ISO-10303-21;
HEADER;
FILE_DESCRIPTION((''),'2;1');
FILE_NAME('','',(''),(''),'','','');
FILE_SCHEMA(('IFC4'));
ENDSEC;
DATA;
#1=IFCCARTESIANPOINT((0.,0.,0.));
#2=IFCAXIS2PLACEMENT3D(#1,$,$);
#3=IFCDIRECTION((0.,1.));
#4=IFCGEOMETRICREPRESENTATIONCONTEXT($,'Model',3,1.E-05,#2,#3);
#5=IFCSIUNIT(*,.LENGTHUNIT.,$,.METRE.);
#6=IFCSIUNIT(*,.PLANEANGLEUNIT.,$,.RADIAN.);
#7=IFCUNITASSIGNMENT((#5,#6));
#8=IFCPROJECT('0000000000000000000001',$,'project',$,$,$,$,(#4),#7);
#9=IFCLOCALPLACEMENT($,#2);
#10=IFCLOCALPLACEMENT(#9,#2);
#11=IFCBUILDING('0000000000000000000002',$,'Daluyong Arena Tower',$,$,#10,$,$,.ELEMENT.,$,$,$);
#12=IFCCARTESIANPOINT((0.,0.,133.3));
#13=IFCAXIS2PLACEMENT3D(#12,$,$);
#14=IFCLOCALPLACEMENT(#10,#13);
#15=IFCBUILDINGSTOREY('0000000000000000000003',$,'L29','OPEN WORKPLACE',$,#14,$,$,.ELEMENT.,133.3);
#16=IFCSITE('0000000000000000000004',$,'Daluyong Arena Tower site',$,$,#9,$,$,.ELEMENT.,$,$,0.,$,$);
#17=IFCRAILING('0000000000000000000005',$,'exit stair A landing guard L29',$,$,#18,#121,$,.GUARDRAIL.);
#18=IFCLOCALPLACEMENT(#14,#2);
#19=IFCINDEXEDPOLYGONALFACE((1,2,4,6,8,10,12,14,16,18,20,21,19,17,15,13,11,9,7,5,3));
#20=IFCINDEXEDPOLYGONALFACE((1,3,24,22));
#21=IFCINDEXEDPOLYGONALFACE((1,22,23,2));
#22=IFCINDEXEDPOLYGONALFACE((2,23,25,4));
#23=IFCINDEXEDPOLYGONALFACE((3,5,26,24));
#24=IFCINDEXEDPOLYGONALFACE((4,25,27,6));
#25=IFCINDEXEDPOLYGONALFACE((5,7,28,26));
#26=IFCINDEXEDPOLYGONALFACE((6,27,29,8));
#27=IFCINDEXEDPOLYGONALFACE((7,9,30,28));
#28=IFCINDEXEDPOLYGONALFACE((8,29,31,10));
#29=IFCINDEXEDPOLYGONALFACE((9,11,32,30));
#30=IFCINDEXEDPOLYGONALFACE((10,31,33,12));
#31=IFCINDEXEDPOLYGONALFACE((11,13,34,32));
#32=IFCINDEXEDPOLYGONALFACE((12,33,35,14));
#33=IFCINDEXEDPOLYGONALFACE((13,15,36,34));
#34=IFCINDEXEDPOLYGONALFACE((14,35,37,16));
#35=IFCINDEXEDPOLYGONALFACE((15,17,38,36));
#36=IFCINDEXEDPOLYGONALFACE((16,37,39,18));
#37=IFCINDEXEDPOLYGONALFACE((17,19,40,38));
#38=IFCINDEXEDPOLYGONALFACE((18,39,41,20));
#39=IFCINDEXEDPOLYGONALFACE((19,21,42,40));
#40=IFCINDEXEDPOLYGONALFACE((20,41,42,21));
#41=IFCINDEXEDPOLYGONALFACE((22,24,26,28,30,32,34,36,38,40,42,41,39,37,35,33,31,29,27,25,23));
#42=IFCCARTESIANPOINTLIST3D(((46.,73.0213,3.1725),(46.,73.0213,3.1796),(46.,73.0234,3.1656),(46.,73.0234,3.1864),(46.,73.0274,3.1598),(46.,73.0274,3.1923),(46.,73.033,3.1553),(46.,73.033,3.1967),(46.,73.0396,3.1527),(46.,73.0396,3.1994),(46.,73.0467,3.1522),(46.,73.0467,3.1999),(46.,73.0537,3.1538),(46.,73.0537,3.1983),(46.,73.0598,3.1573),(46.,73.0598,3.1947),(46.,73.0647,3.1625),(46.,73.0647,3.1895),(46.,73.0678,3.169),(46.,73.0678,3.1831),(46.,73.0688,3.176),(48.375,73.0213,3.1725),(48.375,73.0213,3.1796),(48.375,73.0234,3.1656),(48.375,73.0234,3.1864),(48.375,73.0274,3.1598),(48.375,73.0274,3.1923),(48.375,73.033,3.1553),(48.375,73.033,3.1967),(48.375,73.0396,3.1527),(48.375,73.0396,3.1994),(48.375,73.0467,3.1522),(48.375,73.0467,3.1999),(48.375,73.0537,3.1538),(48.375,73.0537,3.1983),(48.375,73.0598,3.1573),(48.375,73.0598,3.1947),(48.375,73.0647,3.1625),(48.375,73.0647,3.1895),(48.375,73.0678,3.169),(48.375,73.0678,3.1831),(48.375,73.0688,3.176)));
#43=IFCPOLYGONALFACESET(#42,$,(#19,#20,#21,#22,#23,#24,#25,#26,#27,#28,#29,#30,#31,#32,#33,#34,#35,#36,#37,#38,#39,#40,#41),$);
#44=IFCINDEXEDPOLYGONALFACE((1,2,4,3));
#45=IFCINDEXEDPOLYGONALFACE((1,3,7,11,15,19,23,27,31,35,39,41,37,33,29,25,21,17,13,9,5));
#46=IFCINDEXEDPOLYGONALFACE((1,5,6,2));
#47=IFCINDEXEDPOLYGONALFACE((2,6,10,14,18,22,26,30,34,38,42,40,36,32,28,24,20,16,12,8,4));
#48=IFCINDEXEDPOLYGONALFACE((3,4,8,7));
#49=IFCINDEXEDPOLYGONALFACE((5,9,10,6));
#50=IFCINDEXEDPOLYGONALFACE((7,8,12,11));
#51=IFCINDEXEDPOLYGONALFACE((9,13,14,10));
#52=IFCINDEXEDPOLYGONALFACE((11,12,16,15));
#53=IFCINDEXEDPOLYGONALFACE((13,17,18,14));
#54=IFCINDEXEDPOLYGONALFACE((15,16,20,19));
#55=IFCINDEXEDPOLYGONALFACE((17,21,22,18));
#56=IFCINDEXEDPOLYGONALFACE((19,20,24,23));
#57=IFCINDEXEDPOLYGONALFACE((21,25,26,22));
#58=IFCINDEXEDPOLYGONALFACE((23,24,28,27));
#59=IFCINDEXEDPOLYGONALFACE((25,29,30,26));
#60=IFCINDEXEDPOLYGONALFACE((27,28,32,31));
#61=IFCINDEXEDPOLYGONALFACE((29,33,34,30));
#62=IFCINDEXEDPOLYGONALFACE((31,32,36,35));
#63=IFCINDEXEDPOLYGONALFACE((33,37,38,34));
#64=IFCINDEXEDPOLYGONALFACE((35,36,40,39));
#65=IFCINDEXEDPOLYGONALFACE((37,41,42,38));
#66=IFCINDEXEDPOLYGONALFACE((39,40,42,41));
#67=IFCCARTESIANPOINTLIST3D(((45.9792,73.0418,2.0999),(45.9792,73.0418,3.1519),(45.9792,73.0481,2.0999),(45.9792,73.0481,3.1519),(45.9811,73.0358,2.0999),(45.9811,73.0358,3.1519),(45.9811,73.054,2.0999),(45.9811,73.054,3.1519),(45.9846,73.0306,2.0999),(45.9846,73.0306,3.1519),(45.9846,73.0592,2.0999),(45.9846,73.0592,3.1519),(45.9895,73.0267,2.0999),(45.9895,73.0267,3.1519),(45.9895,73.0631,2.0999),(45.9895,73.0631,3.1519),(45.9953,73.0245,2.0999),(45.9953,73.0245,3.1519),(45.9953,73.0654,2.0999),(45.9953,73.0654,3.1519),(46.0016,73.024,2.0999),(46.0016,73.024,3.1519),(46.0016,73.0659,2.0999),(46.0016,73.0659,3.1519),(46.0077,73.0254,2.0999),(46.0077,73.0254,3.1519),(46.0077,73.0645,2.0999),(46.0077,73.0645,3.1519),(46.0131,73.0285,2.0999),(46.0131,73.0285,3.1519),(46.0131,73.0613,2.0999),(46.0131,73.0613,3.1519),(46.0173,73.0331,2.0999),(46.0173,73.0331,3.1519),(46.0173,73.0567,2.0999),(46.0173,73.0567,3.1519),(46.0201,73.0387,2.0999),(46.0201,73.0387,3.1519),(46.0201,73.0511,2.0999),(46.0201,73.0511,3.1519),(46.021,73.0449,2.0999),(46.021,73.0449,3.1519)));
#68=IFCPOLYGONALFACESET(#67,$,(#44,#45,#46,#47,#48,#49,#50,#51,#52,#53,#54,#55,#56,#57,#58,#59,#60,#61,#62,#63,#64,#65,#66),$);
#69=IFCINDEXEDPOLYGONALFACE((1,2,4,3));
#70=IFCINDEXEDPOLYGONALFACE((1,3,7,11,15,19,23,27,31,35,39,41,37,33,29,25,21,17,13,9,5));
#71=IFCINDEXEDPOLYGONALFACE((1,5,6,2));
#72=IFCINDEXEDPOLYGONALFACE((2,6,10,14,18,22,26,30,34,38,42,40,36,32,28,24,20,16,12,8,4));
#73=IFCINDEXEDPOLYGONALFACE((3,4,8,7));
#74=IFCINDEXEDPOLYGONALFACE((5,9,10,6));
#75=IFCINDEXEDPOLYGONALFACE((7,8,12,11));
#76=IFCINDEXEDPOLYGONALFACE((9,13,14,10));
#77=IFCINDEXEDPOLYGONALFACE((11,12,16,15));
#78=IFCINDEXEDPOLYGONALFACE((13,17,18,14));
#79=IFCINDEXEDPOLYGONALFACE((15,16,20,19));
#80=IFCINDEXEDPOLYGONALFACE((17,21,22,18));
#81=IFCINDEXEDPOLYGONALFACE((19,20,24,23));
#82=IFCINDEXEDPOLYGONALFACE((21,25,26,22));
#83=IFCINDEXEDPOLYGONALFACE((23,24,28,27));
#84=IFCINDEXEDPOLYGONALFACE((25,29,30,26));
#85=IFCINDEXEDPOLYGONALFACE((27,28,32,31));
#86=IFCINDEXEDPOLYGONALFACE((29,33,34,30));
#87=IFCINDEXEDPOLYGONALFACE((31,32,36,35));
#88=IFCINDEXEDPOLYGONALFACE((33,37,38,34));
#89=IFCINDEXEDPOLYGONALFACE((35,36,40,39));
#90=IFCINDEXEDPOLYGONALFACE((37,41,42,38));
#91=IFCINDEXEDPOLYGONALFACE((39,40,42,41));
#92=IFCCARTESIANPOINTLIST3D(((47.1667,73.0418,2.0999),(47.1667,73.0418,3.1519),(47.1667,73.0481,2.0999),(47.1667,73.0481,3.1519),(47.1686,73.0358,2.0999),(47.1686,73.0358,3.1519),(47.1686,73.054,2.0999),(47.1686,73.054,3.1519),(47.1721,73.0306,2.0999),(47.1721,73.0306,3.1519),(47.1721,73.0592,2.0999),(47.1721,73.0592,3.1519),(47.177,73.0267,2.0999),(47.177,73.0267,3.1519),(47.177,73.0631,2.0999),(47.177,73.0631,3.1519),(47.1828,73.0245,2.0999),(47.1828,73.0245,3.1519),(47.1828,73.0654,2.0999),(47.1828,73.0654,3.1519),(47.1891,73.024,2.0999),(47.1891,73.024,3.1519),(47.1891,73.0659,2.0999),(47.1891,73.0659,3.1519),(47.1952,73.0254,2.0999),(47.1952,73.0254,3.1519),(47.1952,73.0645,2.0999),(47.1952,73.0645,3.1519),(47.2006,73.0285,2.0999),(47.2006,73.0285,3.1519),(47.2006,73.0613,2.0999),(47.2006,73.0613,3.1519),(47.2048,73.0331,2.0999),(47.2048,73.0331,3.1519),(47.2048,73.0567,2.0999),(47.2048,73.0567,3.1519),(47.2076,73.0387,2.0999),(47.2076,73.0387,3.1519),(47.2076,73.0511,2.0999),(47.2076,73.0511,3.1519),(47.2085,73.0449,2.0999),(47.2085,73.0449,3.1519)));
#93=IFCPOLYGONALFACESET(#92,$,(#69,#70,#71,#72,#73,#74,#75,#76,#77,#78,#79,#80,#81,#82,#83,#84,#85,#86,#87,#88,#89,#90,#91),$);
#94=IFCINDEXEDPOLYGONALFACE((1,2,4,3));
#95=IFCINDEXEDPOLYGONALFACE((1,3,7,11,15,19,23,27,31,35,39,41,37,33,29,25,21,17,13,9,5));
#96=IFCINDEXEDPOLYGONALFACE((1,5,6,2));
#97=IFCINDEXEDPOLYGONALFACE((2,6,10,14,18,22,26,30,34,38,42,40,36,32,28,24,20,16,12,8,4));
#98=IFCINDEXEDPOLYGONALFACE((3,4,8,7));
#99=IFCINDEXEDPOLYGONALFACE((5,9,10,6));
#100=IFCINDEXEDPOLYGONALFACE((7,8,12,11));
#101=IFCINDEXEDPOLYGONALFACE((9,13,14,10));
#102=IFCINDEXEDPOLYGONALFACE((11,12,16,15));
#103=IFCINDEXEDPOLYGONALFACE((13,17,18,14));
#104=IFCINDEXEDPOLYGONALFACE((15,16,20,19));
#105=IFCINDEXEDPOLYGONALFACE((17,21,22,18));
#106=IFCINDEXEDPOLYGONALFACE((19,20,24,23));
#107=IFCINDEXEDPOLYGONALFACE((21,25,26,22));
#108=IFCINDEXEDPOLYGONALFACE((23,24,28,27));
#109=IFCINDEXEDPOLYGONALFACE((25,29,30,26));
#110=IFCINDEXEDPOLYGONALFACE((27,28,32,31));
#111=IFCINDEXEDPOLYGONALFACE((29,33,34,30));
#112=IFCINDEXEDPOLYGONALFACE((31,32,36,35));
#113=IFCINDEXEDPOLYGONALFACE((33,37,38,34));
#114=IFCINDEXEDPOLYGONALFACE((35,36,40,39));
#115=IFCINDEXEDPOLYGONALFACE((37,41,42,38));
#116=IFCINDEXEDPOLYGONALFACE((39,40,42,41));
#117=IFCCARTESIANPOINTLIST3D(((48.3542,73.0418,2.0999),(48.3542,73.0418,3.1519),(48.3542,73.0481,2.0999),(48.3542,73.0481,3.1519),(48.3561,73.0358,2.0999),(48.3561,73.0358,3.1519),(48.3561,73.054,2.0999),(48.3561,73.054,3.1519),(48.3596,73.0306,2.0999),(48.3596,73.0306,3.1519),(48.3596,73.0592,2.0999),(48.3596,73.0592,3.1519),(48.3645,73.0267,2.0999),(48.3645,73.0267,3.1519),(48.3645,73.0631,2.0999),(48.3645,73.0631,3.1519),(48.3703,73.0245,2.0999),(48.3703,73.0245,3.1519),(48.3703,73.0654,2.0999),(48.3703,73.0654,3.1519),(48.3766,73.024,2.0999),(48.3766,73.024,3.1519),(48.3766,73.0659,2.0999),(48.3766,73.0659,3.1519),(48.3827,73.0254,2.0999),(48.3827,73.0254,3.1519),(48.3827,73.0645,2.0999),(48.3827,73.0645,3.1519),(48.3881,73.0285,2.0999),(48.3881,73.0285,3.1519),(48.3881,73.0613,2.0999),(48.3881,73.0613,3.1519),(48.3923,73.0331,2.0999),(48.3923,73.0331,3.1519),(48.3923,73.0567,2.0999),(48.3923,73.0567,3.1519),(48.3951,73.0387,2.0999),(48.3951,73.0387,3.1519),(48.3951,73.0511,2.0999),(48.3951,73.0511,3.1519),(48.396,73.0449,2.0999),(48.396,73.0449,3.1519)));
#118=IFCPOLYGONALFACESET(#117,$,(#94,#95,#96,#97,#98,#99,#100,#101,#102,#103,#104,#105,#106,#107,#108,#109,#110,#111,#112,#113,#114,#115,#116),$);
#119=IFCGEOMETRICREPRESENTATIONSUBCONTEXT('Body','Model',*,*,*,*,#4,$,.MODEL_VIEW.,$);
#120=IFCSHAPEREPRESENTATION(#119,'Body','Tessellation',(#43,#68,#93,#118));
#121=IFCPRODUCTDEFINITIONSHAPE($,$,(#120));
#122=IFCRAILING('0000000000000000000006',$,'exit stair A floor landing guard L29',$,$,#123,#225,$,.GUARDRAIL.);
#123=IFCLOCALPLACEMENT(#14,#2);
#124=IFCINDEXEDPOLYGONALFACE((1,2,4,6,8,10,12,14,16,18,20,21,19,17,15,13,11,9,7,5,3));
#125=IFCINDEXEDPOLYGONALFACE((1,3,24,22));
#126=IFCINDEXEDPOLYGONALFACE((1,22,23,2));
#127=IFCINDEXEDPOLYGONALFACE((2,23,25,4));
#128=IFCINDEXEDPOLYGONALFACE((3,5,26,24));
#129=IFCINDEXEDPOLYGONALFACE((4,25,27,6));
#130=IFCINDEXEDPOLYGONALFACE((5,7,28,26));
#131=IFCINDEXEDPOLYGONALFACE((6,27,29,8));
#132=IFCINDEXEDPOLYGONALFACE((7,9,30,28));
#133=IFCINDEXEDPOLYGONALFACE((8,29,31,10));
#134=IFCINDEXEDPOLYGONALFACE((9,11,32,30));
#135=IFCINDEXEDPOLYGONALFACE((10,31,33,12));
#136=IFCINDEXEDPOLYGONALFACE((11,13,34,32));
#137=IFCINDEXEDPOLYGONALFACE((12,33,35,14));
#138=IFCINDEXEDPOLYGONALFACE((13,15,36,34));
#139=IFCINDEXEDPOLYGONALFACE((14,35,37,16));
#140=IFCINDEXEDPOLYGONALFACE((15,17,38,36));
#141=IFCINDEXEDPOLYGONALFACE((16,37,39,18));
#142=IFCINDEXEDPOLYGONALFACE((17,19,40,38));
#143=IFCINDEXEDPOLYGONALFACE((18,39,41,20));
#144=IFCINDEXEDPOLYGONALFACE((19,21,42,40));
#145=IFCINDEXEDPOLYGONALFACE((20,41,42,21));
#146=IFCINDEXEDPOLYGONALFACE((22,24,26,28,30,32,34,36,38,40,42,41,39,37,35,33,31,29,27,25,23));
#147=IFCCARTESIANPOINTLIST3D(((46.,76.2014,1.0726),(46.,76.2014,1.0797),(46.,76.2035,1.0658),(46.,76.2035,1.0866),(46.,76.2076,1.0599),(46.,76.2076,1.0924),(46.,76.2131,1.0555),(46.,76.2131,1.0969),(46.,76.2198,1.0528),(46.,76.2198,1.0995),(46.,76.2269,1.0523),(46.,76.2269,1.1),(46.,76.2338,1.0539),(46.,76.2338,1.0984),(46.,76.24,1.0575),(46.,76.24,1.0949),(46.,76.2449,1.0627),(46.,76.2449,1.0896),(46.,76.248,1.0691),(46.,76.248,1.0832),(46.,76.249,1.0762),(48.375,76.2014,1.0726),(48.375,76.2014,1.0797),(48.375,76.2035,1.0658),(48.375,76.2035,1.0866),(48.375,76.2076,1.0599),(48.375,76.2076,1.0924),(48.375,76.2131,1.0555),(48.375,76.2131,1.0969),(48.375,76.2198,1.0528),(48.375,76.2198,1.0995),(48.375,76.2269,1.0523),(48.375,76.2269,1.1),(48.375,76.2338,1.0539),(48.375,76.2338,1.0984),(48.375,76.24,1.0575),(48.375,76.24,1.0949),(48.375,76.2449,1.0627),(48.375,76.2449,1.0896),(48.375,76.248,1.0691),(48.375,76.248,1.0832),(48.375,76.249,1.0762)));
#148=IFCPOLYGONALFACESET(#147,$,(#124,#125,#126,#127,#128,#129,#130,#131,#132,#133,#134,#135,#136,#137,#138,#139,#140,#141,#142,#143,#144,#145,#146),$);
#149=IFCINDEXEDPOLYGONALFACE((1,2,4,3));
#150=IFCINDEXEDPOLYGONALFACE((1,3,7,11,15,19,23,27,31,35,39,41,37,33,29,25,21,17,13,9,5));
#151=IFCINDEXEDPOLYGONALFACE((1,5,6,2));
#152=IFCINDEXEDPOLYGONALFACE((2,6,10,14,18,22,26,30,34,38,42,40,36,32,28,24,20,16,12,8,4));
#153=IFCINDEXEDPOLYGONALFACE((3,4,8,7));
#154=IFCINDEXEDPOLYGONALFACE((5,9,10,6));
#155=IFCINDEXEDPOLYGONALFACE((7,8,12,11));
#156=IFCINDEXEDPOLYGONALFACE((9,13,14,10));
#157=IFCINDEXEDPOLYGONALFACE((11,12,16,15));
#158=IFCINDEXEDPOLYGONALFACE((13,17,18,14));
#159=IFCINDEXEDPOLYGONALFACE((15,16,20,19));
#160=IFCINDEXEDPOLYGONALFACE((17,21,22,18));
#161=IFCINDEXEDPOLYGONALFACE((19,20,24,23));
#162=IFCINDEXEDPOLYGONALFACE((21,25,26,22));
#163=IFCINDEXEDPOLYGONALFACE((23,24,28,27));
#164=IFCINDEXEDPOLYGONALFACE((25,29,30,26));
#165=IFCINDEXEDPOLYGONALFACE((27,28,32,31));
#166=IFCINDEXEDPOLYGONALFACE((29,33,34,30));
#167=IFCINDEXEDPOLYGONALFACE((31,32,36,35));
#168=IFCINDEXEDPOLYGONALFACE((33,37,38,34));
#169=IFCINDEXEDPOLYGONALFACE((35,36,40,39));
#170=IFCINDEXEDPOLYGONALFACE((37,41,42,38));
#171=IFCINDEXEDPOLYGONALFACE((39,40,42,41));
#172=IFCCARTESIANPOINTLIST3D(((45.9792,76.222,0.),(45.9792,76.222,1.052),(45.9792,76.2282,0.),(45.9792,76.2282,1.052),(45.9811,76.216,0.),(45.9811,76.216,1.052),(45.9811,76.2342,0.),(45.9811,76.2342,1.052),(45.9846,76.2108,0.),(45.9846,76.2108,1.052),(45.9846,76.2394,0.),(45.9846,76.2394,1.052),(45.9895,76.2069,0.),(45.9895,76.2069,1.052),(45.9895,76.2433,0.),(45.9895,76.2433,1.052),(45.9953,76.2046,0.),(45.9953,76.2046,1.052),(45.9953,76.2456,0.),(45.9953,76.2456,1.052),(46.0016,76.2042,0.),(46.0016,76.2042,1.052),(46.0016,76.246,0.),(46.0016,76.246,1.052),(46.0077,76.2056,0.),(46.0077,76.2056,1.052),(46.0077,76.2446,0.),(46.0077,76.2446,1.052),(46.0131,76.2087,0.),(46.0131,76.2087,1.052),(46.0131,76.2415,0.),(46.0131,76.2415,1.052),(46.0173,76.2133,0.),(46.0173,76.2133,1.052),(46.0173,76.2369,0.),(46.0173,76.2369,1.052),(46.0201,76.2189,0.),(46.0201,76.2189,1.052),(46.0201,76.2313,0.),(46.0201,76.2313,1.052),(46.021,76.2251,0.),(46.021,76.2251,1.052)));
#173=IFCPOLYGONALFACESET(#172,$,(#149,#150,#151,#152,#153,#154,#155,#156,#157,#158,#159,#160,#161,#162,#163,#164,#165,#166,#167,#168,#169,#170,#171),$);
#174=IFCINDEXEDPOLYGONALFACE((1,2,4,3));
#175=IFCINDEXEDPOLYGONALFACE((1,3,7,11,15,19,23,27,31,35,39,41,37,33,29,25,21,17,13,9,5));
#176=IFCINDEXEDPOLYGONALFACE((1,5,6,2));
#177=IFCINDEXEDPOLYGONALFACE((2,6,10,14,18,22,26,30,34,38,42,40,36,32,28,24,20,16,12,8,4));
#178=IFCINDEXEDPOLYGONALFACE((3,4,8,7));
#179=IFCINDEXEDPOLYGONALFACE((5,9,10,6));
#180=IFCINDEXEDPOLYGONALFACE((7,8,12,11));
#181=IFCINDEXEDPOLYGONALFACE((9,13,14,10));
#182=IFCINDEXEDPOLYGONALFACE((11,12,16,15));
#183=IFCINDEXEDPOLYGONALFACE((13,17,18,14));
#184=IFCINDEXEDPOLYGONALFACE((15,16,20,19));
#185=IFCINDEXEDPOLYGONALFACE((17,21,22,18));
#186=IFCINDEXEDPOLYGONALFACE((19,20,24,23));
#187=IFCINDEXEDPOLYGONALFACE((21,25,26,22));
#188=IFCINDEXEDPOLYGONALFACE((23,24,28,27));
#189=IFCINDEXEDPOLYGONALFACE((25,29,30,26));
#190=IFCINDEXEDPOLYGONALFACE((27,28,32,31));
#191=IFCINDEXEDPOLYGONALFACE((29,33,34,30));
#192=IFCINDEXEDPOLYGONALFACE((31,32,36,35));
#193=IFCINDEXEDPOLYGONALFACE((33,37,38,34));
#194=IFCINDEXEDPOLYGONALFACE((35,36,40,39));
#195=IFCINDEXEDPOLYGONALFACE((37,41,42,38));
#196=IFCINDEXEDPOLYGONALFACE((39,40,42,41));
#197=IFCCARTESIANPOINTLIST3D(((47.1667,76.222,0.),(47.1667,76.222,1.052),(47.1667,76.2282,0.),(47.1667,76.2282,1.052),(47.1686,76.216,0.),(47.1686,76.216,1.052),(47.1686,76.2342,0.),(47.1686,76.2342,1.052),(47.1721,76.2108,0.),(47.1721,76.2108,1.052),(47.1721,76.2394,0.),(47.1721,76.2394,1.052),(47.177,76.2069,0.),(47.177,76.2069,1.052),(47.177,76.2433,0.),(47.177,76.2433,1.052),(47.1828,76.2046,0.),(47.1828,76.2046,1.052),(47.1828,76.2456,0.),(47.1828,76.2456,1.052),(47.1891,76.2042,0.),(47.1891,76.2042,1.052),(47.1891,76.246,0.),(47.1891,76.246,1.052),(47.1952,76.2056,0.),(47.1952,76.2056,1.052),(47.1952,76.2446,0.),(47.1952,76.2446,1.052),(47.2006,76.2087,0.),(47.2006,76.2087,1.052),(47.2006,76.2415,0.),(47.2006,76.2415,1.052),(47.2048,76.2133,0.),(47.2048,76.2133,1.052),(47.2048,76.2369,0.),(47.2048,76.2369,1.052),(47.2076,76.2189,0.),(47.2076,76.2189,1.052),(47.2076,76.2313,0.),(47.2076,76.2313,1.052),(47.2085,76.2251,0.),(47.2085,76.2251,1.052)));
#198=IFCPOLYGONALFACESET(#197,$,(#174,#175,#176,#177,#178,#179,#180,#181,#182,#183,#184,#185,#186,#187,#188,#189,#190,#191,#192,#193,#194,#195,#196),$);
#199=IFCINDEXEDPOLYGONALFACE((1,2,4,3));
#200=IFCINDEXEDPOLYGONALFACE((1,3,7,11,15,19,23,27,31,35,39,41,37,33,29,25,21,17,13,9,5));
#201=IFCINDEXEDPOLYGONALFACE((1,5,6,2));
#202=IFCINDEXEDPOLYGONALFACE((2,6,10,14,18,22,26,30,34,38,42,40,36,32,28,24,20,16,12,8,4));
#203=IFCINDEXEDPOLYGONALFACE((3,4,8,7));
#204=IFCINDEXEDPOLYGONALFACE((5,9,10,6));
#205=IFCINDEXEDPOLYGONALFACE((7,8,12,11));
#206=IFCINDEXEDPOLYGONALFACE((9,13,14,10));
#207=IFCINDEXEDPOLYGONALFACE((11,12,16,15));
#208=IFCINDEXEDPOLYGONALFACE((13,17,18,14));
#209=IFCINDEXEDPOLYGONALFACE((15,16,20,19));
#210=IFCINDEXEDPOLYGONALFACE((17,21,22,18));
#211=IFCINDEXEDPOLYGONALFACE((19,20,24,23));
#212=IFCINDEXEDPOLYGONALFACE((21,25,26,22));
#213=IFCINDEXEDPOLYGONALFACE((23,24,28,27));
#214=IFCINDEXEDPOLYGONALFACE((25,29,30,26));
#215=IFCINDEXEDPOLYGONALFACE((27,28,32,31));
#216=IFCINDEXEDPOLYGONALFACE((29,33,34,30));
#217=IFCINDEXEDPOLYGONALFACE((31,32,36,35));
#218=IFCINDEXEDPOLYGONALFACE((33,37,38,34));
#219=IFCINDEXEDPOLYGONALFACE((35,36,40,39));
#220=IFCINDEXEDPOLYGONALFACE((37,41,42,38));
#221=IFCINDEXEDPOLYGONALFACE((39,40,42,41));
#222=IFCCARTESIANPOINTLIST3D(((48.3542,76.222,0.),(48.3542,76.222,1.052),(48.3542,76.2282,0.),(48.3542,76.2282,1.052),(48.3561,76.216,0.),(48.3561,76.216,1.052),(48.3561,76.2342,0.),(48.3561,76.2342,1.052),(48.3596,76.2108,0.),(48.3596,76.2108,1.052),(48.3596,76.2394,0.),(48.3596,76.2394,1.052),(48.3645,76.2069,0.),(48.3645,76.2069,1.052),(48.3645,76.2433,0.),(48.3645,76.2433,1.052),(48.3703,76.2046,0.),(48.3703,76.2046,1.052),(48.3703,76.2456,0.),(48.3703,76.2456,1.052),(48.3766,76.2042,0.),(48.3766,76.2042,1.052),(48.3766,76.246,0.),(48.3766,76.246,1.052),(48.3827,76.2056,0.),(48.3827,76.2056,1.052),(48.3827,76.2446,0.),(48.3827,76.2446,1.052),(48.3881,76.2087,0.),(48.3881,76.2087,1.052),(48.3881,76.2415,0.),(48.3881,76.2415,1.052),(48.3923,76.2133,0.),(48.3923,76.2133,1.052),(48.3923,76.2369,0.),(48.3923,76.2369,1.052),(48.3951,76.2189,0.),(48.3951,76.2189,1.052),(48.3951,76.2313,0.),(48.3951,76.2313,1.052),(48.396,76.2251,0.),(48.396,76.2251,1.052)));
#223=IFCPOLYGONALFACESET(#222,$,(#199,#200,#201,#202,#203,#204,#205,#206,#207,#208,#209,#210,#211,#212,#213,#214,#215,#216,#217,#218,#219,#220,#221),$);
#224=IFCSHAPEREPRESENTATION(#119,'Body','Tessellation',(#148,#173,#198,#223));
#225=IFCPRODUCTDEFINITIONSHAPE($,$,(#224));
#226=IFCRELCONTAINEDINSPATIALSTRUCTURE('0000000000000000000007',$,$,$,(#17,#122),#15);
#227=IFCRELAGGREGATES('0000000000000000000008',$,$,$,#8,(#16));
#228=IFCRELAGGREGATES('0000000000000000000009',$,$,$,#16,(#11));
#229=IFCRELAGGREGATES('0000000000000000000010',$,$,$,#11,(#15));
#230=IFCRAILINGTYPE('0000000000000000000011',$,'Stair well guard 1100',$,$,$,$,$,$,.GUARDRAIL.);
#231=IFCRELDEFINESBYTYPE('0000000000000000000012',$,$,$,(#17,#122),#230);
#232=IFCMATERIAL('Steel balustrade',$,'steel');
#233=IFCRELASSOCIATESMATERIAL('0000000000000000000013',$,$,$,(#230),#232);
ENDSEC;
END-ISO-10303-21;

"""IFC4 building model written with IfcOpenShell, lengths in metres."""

from ifc_helpers import new_model, si_unit, direction, frame, origin, origin_2d, place, context, subcontext, project, spatial, circle, extrude, material, type_object, element, save


model = new_model("IFC4")

# Units and contexts
model_context = context("Model", 3, precision=1e-05, world=origin(), true_north=direction((0.0, 1.0)))
body_context = subcontext(model_context, "Body", "Model", "MODEL_VIEW")
ifc_project = project(units=[si_unit("LENGTHUNIT", "METRE"), si_unit("PLANEANGLEUNIT", "RADIAN")], contexts=[model_context])

# Site, building, storey
site_placement = place(None, origin())
site = spatial("IfcSite", under=ifc_project, at=site_placement, Name="Daluyong Arena Tower site", CompositionType="ELEMENT", RefElevation=0.0)
building_placement = place(site_placement, origin())
building = spatial("IfcBuilding", under=site, at=building_placement, Name="Daluyong Arena Tower", CompositionType="ELEMENT")
storey_placement = place(building_placement, frame((0.0, 0.0, 133.3)))
storey = spatial("IfcBuildingStorey", under=building, at=storey_placement, Name="L29", Description="OPEN WORKPLACE", CompositionType="ELEMENT", Elevation=133.3)

# Railings
ifc_material_1 = material(Name="Steel balustrade", Category="steel")
railing_type_1 = type_object("IfcRailingType", Name="Stair well guard 1100", PredefinedType="GUARDRAIL", material=ifc_material_1)
for number, where, name in (
    (1, (46.0, 73.0449, 2.0999), "exit stair A landing guard L29"),
    (2, (46.0, 76.2251, 0.0), "exit stair A floor landing guard L29"),
):
    element("IfcRailing", number, at=place(storey_placement, frame(where)), inside=storey, type_object=railing_type_1, Name=name, PredefinedType="GUARDRAIL", context=body_context, shape_type="SweptSolid", body=[
        extrude(circle(Radius=0.0239, at=origin_2d()), frame((0.0, 0.0, 1.0762), z_axis=(1.0, 0.0, 0.0), x_axis=(0.0, 1.0, 0.0)), (0.0, 0.0, 1.0), 2.375),
        extrude(circle(Radius=0.021, at=origin_2d()), origin(), (0.0, 0.0, 1.0), 1.052),
        extrude(circle(Radius=0.021, at=origin_2d()), frame((1.1875, 0.0, 0.0)), (0.0, 0.0, 1.0), 1.052),
        extrude(circle(Radius=0.021, at=origin_2d()), frame((2.375, 0.0, 0.0)), (0.0, 0.0, 1.0), 1.052),
    ])

save(model, "model.ifc")
